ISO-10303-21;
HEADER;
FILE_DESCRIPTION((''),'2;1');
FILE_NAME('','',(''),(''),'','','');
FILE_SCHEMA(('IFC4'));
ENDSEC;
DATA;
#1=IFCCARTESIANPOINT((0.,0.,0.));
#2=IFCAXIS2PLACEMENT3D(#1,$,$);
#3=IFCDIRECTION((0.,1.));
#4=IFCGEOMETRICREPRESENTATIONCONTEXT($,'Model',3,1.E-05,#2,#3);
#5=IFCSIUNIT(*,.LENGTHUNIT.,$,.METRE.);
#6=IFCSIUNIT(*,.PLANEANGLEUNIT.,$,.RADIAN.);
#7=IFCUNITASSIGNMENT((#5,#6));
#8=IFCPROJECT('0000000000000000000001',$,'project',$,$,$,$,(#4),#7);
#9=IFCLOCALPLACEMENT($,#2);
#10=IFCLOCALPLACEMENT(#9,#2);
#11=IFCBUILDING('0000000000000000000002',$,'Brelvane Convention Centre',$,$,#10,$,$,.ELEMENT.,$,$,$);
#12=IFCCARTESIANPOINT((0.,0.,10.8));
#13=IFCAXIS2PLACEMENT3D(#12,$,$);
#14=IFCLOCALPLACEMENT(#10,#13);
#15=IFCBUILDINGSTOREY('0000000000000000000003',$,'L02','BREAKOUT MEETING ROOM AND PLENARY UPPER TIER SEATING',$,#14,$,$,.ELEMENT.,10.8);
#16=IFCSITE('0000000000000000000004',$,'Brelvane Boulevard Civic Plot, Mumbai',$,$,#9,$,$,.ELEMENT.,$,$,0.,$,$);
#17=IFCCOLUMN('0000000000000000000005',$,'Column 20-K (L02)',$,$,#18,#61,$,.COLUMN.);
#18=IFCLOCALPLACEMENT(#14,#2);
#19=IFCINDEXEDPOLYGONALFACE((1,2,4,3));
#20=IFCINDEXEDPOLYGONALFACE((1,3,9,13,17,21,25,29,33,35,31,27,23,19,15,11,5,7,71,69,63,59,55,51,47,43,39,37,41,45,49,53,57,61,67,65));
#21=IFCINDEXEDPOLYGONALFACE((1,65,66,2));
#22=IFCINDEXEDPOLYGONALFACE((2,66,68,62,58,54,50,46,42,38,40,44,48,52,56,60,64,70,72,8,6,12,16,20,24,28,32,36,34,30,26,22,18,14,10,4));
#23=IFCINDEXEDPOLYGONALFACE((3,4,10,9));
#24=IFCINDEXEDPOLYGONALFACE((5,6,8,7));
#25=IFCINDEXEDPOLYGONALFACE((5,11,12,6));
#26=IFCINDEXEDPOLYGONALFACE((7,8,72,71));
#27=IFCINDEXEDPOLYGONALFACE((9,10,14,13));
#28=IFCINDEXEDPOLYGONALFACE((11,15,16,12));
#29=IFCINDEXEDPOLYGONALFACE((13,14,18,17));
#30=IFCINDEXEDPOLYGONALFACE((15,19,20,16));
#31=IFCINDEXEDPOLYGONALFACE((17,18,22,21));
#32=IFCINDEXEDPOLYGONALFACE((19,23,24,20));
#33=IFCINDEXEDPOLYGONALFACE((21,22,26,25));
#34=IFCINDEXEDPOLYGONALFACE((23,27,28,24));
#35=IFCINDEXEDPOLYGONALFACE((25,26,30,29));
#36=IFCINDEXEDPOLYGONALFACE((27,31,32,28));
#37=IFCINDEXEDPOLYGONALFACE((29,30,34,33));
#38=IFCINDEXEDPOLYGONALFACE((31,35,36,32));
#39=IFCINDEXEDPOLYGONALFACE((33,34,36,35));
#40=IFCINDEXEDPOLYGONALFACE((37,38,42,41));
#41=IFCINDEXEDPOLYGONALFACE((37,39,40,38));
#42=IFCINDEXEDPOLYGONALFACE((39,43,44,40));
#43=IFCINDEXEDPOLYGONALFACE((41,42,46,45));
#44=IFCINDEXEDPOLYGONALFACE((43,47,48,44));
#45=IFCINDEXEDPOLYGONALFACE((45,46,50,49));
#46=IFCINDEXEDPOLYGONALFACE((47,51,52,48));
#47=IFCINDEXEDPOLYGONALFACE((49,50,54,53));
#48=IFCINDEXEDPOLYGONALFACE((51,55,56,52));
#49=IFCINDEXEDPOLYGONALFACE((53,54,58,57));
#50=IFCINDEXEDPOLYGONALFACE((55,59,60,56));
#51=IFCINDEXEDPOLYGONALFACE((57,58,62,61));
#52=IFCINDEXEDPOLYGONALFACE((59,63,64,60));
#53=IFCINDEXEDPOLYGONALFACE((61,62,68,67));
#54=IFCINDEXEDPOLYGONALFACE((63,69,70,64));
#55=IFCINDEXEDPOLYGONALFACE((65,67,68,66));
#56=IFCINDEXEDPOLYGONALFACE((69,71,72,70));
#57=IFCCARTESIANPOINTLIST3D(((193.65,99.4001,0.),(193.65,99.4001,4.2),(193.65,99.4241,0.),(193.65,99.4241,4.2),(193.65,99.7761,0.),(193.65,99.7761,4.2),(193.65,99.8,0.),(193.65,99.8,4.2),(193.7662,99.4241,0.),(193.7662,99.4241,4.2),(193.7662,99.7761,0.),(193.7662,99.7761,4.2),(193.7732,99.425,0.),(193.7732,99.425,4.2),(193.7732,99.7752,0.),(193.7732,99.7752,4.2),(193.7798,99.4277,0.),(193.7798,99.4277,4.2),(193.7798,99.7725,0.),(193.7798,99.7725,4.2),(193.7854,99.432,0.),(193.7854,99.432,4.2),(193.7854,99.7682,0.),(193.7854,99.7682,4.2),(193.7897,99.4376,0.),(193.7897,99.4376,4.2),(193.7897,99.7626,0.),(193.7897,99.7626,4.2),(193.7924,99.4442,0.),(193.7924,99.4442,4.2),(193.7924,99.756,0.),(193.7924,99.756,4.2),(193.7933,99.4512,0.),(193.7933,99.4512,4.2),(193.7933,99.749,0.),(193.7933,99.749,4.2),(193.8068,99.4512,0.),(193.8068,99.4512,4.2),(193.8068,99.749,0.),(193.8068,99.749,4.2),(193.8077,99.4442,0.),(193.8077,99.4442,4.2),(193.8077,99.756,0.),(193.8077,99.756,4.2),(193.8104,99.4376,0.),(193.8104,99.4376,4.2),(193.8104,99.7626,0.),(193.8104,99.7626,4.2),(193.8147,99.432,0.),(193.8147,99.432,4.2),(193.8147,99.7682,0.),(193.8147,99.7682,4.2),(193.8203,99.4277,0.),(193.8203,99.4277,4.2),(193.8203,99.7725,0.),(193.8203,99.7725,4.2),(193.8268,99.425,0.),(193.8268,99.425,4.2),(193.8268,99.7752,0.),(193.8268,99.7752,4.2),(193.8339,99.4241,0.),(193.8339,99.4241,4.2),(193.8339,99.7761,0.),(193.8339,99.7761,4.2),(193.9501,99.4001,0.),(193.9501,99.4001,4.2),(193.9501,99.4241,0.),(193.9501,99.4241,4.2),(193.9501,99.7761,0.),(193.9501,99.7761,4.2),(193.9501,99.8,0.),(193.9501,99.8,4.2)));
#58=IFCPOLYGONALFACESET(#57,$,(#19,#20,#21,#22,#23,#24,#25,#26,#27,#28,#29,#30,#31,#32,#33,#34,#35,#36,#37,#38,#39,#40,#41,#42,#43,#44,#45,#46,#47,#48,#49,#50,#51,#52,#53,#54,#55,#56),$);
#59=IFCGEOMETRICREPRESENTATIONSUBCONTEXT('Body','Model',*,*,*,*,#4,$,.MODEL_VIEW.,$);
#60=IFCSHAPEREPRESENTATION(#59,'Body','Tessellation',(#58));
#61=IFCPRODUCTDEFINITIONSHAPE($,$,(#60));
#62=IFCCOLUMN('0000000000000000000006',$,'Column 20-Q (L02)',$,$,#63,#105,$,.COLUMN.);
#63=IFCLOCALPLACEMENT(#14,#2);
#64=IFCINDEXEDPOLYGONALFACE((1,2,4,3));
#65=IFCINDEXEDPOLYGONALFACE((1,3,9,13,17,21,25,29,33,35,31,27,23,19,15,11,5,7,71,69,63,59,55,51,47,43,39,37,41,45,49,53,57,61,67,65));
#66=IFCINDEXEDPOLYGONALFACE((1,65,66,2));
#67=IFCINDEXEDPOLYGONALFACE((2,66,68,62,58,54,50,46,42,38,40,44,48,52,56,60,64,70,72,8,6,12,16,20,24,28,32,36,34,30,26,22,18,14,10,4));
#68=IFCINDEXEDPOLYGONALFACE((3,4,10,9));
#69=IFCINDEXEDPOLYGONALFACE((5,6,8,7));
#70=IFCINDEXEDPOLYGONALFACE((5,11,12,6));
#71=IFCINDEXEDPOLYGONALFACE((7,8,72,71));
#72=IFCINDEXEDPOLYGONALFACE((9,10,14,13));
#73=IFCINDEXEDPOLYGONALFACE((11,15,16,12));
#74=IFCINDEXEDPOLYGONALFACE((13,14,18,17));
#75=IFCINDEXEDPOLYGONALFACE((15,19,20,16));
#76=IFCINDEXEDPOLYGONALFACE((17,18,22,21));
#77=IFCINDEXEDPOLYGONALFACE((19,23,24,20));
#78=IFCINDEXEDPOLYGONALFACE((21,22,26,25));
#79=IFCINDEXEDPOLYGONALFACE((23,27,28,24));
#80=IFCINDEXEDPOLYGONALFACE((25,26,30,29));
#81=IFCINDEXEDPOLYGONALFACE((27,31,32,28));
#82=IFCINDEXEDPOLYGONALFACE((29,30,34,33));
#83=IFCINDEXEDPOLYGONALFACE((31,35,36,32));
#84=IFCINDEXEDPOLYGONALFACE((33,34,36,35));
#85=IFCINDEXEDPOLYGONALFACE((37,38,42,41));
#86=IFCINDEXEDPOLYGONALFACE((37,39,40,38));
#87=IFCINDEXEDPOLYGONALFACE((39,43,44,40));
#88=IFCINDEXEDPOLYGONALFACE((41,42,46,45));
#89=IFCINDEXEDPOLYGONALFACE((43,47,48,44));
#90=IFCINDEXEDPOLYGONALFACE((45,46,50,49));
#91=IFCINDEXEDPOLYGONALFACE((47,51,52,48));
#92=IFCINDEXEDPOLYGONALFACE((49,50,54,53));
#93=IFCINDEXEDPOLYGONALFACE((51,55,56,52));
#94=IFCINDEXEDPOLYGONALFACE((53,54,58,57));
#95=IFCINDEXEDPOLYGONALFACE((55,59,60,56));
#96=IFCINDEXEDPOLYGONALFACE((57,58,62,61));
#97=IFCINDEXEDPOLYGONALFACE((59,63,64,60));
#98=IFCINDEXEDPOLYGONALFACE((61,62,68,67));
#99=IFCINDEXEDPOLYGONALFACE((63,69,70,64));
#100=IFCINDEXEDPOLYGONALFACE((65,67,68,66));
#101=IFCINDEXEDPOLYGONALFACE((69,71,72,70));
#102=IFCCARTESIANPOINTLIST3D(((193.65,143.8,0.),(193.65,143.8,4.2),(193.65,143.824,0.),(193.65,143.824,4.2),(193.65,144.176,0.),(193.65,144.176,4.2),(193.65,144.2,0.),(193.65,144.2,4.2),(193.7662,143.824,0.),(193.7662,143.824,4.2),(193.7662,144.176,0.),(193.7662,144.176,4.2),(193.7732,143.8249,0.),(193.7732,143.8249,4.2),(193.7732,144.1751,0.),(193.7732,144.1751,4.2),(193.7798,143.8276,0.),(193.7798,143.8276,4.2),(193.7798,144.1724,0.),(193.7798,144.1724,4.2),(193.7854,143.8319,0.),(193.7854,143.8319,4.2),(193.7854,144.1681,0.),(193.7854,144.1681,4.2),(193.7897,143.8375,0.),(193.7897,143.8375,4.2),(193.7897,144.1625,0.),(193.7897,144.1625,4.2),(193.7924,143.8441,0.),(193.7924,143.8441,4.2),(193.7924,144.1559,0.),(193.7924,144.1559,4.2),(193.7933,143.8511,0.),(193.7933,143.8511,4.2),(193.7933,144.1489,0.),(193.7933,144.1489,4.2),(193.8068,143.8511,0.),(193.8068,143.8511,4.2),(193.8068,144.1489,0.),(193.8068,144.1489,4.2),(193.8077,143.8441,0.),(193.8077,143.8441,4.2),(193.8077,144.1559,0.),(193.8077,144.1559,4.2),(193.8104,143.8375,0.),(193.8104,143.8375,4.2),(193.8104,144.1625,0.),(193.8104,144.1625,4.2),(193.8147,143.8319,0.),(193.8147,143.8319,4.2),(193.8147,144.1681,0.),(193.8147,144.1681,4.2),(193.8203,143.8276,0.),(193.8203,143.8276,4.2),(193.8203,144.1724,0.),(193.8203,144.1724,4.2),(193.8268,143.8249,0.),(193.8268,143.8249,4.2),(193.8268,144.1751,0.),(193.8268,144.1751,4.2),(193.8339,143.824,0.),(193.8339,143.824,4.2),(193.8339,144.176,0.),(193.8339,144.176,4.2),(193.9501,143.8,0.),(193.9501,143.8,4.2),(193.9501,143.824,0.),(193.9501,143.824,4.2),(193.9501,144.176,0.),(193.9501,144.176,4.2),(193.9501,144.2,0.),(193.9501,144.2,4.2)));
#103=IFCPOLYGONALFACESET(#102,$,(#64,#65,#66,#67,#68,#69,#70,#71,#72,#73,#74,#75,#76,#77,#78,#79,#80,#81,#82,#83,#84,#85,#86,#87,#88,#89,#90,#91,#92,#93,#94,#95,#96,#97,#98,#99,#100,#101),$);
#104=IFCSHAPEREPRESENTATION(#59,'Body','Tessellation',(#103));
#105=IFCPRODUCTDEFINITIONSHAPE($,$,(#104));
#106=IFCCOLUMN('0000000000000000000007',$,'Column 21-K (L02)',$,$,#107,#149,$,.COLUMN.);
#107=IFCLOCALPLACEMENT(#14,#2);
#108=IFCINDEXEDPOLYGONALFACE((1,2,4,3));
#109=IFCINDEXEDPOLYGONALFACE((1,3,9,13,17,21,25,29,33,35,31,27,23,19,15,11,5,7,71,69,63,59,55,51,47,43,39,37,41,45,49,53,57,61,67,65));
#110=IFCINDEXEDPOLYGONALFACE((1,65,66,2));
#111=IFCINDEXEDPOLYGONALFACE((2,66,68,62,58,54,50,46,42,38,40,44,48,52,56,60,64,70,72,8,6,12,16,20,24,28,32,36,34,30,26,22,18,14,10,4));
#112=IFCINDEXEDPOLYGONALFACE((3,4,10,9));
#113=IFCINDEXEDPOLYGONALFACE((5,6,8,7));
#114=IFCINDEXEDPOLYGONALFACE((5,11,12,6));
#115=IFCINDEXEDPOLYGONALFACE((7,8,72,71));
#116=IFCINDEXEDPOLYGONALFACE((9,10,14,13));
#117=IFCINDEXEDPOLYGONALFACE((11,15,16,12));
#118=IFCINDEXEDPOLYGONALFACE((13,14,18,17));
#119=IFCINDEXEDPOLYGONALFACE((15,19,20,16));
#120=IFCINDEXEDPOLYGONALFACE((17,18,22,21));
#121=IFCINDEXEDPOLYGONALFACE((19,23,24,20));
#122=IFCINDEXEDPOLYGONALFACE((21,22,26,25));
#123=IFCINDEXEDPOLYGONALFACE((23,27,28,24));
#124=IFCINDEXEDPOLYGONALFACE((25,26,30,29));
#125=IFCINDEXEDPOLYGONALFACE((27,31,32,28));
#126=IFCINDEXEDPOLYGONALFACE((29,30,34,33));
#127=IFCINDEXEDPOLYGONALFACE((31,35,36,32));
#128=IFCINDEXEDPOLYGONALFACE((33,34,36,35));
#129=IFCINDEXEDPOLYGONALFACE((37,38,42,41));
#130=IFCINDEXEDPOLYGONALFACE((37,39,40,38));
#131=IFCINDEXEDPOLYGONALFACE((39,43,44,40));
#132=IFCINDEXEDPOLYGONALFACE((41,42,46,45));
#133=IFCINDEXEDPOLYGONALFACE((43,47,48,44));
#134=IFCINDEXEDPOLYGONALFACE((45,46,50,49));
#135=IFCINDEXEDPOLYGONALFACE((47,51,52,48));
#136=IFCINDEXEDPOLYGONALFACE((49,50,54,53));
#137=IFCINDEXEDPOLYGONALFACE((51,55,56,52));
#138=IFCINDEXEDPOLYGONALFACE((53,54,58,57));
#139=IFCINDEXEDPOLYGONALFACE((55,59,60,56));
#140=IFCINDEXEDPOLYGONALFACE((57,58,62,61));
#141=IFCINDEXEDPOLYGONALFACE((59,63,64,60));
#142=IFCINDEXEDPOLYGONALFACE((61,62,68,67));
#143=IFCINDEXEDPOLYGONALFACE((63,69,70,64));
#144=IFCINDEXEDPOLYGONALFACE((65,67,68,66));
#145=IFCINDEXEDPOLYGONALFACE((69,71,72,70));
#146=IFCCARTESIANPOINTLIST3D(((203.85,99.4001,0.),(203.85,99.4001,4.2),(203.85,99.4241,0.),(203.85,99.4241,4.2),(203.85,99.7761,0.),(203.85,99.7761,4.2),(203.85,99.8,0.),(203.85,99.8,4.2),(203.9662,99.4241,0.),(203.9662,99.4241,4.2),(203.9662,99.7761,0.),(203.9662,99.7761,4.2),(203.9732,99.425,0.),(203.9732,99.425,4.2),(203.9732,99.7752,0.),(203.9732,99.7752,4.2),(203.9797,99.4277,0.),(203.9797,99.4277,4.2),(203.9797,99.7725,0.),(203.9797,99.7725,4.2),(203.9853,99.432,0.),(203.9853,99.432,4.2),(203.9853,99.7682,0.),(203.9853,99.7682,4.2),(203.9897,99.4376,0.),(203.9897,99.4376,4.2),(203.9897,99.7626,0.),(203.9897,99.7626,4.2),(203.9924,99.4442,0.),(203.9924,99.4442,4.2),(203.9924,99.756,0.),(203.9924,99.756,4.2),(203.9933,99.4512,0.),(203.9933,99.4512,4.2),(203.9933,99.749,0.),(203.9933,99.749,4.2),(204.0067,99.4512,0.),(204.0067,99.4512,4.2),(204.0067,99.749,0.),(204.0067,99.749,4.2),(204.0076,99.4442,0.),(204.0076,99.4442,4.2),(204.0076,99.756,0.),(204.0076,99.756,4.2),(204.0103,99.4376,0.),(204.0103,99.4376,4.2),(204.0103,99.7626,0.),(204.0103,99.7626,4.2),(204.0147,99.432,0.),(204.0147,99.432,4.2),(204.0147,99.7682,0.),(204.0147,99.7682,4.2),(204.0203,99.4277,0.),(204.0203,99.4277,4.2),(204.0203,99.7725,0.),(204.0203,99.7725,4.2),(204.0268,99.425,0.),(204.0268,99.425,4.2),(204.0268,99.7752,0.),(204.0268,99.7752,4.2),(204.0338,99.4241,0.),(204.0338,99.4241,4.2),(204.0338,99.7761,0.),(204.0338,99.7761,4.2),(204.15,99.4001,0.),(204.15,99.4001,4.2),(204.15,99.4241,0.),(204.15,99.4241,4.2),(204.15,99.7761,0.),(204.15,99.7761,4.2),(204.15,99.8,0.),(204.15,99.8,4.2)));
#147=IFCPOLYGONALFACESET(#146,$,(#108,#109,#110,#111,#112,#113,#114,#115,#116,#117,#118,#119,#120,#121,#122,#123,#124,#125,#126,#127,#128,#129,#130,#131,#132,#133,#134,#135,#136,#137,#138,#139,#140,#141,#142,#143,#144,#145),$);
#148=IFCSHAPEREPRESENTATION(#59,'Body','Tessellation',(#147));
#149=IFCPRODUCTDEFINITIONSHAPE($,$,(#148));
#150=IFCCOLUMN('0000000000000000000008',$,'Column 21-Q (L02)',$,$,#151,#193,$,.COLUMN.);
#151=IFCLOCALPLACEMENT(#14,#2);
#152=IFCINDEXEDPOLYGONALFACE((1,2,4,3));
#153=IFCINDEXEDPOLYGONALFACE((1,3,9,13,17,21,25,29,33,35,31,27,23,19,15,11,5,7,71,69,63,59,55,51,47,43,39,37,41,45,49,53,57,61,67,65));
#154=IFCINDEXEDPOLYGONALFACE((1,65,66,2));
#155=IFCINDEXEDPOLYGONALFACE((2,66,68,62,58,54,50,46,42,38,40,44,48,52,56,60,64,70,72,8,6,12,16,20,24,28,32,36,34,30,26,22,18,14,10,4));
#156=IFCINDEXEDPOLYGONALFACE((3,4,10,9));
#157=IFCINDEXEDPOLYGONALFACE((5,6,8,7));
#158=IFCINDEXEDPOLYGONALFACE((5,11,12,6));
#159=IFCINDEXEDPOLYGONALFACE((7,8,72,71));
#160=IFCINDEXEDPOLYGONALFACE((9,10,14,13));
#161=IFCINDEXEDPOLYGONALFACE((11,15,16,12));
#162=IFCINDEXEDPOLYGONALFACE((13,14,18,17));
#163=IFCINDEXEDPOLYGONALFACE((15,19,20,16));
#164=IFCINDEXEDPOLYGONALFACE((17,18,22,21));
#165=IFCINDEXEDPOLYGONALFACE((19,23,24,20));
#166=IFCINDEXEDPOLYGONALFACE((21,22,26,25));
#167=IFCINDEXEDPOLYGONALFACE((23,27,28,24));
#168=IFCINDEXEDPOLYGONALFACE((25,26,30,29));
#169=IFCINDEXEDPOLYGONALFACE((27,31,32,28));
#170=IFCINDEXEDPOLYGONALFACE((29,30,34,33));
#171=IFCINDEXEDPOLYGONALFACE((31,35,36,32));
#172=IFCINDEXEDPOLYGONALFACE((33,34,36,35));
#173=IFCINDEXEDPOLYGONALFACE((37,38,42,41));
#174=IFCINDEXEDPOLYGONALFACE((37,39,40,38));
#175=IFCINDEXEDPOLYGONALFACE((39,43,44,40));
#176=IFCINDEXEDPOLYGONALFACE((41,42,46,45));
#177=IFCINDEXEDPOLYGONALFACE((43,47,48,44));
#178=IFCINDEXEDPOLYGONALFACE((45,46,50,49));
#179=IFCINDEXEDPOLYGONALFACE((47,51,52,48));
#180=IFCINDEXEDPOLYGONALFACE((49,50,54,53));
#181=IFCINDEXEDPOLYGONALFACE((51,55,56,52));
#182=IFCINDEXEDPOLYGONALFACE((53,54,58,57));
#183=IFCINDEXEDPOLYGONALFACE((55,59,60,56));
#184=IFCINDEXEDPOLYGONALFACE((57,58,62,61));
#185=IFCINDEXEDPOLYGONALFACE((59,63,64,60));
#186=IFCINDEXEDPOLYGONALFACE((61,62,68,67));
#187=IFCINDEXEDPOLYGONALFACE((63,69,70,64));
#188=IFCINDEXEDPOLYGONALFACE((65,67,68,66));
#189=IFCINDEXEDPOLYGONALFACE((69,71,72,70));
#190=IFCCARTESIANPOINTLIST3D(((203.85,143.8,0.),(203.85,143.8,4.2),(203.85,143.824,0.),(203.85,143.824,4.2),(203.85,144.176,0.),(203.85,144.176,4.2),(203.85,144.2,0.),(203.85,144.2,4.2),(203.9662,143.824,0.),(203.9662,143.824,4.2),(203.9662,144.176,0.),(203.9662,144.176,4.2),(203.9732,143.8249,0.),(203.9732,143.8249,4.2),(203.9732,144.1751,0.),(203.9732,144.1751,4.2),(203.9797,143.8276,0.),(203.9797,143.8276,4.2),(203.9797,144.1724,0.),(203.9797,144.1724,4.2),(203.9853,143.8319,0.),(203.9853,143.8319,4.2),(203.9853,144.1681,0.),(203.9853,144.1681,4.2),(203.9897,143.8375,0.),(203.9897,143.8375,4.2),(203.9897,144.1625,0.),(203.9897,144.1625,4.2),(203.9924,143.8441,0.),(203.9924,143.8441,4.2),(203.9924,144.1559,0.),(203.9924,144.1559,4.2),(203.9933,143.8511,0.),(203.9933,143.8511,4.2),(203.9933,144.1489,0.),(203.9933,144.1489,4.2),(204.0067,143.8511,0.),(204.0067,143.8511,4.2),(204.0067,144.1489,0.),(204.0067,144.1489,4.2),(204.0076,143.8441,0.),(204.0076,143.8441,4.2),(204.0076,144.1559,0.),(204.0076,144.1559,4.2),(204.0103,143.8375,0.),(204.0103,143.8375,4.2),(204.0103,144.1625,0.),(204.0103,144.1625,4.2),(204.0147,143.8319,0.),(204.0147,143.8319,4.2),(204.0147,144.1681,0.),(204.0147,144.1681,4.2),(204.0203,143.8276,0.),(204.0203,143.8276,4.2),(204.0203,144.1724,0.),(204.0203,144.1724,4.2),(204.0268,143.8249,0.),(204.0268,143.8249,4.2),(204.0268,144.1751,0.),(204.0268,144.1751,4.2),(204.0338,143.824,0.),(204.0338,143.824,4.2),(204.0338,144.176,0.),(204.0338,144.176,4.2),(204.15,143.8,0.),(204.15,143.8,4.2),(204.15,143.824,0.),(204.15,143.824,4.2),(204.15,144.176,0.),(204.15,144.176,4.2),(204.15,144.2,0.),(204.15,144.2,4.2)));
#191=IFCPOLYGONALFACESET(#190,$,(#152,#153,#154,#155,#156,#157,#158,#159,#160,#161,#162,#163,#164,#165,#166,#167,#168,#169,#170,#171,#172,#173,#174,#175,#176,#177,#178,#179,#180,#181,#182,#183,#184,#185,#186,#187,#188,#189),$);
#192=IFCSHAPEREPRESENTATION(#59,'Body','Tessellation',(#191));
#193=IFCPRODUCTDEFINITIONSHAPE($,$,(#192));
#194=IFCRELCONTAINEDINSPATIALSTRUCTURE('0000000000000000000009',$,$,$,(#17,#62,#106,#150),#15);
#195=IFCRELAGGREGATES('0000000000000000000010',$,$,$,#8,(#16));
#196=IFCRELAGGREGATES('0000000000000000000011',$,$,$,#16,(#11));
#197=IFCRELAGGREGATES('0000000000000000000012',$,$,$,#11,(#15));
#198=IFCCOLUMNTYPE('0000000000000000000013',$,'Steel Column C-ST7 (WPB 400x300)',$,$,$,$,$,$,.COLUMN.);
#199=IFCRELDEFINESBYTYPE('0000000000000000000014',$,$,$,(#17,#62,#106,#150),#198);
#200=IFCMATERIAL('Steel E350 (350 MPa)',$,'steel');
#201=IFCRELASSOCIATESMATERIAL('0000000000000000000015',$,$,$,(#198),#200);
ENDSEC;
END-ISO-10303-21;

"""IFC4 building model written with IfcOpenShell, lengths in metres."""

from ifc_helpers import new_model, si_unit, direction, frame, origin, origin_2d, place, context, subcontext, project, spatial, i_section, extrude, material, material_profile, profile_set, type_object, element, save


model = new_model("IFC4")

# Units and contexts
model_context = context("Model", 3, precision=1e-05, world=origin(), true_north=direction((0.0, 1.0)))
body_context = subcontext(model_context, "Body", "Model", "MODEL_VIEW")
ifc_project = project(units=[si_unit("LENGTHUNIT", "METRE"), si_unit("PLANEANGLEUNIT", "RADIAN")], contexts=[model_context])

# Site, building, storey
site_placement = place(None, origin())
site = spatial("IfcSite", under=ifc_project, at=site_placement, Name="Brelvane Boulevard Civic Plot, Mumbai", CompositionType="ELEMENT", RefElevation=0.0)
building_placement = place(site_placement, origin())
building = spatial("IfcBuilding", under=site, at=building_placement, Name="Brelvane Convention Centre", CompositionType="ELEMENT")
storey_placement = place(building_placement, frame((0.0, 0.0, 10.8)))
storey = spatial("IfcBuildingStorey", under=building, at=storey_placement, Name="L02", Description="BREAKOUT MEETING ROOM AND PLENARY UPPER TIER SEATING", CompositionType="ELEMENT", Elevation=10.8)

# Columns
ifc_material_1 = material(Name="Steel E350 (350 MPa)", Category="steel")
ifc_material_profile_1 = material_profile(ifc_material_1, i_section(OverallWidth=0.3, OverallDepth=0.3999, WebThickness=0.0134, FlangeThickness=0.0239, FilletRadius=0.0271, at=origin_2d()), Name="WPB 400x300")
ifc_profile_set_1 = profile_set([ifc_material_profile_1], Name="Steel E350 (350 MPa)")
column_type = type_object("IfcColumnType", Name="Steel Column C-ST7 (WPB 400x300)", PredefinedType="COLUMN", material=ifc_profile_set_1)
for number, where, z_axis, x_axis, name in (
    (1, (193.8, 99.6001, 0.0), (0.0, 0.0, 1.0), (1.0, 0.0, 0.0), "Column 20-K (L02)"),
    (2, (193.8, 144.0, 0.0), (0.0, 0.0, 1.0), (1.0, 0.0, 0.0), "Column 20-Q (L02)"),
    (3, (204.0, 99.6001, 0.0), (0.0, 0.0, 1.0), (1.0, 0.0, 0.0), "Column 21-K (L02)"),
    (4, (204.0, 144.0, 0.0), (0.0, 0.0, 1.0), (1.0, 0.0, 0.0), "Column 21-Q (L02)"),
):
    element("IfcColumn", number, at=place(storey_placement, frame(where, z_axis=z_axis, x_axis=x_axis)), inside=storey, type_object=column_type, Name=name, PredefinedType="COLUMN", context=body_context, shape_type="SweptSolid", body=[
        extrude(i_section(OverallWidth=0.3, OverallDepth=0.3999, WebThickness=0.0134, FlangeThickness=0.0239, FilletRadius=0.0271, at=origin_2d()), origin(), (0.0, 0.0, 1.0), 4.2),
    ])

save(model, "model.ifc")
